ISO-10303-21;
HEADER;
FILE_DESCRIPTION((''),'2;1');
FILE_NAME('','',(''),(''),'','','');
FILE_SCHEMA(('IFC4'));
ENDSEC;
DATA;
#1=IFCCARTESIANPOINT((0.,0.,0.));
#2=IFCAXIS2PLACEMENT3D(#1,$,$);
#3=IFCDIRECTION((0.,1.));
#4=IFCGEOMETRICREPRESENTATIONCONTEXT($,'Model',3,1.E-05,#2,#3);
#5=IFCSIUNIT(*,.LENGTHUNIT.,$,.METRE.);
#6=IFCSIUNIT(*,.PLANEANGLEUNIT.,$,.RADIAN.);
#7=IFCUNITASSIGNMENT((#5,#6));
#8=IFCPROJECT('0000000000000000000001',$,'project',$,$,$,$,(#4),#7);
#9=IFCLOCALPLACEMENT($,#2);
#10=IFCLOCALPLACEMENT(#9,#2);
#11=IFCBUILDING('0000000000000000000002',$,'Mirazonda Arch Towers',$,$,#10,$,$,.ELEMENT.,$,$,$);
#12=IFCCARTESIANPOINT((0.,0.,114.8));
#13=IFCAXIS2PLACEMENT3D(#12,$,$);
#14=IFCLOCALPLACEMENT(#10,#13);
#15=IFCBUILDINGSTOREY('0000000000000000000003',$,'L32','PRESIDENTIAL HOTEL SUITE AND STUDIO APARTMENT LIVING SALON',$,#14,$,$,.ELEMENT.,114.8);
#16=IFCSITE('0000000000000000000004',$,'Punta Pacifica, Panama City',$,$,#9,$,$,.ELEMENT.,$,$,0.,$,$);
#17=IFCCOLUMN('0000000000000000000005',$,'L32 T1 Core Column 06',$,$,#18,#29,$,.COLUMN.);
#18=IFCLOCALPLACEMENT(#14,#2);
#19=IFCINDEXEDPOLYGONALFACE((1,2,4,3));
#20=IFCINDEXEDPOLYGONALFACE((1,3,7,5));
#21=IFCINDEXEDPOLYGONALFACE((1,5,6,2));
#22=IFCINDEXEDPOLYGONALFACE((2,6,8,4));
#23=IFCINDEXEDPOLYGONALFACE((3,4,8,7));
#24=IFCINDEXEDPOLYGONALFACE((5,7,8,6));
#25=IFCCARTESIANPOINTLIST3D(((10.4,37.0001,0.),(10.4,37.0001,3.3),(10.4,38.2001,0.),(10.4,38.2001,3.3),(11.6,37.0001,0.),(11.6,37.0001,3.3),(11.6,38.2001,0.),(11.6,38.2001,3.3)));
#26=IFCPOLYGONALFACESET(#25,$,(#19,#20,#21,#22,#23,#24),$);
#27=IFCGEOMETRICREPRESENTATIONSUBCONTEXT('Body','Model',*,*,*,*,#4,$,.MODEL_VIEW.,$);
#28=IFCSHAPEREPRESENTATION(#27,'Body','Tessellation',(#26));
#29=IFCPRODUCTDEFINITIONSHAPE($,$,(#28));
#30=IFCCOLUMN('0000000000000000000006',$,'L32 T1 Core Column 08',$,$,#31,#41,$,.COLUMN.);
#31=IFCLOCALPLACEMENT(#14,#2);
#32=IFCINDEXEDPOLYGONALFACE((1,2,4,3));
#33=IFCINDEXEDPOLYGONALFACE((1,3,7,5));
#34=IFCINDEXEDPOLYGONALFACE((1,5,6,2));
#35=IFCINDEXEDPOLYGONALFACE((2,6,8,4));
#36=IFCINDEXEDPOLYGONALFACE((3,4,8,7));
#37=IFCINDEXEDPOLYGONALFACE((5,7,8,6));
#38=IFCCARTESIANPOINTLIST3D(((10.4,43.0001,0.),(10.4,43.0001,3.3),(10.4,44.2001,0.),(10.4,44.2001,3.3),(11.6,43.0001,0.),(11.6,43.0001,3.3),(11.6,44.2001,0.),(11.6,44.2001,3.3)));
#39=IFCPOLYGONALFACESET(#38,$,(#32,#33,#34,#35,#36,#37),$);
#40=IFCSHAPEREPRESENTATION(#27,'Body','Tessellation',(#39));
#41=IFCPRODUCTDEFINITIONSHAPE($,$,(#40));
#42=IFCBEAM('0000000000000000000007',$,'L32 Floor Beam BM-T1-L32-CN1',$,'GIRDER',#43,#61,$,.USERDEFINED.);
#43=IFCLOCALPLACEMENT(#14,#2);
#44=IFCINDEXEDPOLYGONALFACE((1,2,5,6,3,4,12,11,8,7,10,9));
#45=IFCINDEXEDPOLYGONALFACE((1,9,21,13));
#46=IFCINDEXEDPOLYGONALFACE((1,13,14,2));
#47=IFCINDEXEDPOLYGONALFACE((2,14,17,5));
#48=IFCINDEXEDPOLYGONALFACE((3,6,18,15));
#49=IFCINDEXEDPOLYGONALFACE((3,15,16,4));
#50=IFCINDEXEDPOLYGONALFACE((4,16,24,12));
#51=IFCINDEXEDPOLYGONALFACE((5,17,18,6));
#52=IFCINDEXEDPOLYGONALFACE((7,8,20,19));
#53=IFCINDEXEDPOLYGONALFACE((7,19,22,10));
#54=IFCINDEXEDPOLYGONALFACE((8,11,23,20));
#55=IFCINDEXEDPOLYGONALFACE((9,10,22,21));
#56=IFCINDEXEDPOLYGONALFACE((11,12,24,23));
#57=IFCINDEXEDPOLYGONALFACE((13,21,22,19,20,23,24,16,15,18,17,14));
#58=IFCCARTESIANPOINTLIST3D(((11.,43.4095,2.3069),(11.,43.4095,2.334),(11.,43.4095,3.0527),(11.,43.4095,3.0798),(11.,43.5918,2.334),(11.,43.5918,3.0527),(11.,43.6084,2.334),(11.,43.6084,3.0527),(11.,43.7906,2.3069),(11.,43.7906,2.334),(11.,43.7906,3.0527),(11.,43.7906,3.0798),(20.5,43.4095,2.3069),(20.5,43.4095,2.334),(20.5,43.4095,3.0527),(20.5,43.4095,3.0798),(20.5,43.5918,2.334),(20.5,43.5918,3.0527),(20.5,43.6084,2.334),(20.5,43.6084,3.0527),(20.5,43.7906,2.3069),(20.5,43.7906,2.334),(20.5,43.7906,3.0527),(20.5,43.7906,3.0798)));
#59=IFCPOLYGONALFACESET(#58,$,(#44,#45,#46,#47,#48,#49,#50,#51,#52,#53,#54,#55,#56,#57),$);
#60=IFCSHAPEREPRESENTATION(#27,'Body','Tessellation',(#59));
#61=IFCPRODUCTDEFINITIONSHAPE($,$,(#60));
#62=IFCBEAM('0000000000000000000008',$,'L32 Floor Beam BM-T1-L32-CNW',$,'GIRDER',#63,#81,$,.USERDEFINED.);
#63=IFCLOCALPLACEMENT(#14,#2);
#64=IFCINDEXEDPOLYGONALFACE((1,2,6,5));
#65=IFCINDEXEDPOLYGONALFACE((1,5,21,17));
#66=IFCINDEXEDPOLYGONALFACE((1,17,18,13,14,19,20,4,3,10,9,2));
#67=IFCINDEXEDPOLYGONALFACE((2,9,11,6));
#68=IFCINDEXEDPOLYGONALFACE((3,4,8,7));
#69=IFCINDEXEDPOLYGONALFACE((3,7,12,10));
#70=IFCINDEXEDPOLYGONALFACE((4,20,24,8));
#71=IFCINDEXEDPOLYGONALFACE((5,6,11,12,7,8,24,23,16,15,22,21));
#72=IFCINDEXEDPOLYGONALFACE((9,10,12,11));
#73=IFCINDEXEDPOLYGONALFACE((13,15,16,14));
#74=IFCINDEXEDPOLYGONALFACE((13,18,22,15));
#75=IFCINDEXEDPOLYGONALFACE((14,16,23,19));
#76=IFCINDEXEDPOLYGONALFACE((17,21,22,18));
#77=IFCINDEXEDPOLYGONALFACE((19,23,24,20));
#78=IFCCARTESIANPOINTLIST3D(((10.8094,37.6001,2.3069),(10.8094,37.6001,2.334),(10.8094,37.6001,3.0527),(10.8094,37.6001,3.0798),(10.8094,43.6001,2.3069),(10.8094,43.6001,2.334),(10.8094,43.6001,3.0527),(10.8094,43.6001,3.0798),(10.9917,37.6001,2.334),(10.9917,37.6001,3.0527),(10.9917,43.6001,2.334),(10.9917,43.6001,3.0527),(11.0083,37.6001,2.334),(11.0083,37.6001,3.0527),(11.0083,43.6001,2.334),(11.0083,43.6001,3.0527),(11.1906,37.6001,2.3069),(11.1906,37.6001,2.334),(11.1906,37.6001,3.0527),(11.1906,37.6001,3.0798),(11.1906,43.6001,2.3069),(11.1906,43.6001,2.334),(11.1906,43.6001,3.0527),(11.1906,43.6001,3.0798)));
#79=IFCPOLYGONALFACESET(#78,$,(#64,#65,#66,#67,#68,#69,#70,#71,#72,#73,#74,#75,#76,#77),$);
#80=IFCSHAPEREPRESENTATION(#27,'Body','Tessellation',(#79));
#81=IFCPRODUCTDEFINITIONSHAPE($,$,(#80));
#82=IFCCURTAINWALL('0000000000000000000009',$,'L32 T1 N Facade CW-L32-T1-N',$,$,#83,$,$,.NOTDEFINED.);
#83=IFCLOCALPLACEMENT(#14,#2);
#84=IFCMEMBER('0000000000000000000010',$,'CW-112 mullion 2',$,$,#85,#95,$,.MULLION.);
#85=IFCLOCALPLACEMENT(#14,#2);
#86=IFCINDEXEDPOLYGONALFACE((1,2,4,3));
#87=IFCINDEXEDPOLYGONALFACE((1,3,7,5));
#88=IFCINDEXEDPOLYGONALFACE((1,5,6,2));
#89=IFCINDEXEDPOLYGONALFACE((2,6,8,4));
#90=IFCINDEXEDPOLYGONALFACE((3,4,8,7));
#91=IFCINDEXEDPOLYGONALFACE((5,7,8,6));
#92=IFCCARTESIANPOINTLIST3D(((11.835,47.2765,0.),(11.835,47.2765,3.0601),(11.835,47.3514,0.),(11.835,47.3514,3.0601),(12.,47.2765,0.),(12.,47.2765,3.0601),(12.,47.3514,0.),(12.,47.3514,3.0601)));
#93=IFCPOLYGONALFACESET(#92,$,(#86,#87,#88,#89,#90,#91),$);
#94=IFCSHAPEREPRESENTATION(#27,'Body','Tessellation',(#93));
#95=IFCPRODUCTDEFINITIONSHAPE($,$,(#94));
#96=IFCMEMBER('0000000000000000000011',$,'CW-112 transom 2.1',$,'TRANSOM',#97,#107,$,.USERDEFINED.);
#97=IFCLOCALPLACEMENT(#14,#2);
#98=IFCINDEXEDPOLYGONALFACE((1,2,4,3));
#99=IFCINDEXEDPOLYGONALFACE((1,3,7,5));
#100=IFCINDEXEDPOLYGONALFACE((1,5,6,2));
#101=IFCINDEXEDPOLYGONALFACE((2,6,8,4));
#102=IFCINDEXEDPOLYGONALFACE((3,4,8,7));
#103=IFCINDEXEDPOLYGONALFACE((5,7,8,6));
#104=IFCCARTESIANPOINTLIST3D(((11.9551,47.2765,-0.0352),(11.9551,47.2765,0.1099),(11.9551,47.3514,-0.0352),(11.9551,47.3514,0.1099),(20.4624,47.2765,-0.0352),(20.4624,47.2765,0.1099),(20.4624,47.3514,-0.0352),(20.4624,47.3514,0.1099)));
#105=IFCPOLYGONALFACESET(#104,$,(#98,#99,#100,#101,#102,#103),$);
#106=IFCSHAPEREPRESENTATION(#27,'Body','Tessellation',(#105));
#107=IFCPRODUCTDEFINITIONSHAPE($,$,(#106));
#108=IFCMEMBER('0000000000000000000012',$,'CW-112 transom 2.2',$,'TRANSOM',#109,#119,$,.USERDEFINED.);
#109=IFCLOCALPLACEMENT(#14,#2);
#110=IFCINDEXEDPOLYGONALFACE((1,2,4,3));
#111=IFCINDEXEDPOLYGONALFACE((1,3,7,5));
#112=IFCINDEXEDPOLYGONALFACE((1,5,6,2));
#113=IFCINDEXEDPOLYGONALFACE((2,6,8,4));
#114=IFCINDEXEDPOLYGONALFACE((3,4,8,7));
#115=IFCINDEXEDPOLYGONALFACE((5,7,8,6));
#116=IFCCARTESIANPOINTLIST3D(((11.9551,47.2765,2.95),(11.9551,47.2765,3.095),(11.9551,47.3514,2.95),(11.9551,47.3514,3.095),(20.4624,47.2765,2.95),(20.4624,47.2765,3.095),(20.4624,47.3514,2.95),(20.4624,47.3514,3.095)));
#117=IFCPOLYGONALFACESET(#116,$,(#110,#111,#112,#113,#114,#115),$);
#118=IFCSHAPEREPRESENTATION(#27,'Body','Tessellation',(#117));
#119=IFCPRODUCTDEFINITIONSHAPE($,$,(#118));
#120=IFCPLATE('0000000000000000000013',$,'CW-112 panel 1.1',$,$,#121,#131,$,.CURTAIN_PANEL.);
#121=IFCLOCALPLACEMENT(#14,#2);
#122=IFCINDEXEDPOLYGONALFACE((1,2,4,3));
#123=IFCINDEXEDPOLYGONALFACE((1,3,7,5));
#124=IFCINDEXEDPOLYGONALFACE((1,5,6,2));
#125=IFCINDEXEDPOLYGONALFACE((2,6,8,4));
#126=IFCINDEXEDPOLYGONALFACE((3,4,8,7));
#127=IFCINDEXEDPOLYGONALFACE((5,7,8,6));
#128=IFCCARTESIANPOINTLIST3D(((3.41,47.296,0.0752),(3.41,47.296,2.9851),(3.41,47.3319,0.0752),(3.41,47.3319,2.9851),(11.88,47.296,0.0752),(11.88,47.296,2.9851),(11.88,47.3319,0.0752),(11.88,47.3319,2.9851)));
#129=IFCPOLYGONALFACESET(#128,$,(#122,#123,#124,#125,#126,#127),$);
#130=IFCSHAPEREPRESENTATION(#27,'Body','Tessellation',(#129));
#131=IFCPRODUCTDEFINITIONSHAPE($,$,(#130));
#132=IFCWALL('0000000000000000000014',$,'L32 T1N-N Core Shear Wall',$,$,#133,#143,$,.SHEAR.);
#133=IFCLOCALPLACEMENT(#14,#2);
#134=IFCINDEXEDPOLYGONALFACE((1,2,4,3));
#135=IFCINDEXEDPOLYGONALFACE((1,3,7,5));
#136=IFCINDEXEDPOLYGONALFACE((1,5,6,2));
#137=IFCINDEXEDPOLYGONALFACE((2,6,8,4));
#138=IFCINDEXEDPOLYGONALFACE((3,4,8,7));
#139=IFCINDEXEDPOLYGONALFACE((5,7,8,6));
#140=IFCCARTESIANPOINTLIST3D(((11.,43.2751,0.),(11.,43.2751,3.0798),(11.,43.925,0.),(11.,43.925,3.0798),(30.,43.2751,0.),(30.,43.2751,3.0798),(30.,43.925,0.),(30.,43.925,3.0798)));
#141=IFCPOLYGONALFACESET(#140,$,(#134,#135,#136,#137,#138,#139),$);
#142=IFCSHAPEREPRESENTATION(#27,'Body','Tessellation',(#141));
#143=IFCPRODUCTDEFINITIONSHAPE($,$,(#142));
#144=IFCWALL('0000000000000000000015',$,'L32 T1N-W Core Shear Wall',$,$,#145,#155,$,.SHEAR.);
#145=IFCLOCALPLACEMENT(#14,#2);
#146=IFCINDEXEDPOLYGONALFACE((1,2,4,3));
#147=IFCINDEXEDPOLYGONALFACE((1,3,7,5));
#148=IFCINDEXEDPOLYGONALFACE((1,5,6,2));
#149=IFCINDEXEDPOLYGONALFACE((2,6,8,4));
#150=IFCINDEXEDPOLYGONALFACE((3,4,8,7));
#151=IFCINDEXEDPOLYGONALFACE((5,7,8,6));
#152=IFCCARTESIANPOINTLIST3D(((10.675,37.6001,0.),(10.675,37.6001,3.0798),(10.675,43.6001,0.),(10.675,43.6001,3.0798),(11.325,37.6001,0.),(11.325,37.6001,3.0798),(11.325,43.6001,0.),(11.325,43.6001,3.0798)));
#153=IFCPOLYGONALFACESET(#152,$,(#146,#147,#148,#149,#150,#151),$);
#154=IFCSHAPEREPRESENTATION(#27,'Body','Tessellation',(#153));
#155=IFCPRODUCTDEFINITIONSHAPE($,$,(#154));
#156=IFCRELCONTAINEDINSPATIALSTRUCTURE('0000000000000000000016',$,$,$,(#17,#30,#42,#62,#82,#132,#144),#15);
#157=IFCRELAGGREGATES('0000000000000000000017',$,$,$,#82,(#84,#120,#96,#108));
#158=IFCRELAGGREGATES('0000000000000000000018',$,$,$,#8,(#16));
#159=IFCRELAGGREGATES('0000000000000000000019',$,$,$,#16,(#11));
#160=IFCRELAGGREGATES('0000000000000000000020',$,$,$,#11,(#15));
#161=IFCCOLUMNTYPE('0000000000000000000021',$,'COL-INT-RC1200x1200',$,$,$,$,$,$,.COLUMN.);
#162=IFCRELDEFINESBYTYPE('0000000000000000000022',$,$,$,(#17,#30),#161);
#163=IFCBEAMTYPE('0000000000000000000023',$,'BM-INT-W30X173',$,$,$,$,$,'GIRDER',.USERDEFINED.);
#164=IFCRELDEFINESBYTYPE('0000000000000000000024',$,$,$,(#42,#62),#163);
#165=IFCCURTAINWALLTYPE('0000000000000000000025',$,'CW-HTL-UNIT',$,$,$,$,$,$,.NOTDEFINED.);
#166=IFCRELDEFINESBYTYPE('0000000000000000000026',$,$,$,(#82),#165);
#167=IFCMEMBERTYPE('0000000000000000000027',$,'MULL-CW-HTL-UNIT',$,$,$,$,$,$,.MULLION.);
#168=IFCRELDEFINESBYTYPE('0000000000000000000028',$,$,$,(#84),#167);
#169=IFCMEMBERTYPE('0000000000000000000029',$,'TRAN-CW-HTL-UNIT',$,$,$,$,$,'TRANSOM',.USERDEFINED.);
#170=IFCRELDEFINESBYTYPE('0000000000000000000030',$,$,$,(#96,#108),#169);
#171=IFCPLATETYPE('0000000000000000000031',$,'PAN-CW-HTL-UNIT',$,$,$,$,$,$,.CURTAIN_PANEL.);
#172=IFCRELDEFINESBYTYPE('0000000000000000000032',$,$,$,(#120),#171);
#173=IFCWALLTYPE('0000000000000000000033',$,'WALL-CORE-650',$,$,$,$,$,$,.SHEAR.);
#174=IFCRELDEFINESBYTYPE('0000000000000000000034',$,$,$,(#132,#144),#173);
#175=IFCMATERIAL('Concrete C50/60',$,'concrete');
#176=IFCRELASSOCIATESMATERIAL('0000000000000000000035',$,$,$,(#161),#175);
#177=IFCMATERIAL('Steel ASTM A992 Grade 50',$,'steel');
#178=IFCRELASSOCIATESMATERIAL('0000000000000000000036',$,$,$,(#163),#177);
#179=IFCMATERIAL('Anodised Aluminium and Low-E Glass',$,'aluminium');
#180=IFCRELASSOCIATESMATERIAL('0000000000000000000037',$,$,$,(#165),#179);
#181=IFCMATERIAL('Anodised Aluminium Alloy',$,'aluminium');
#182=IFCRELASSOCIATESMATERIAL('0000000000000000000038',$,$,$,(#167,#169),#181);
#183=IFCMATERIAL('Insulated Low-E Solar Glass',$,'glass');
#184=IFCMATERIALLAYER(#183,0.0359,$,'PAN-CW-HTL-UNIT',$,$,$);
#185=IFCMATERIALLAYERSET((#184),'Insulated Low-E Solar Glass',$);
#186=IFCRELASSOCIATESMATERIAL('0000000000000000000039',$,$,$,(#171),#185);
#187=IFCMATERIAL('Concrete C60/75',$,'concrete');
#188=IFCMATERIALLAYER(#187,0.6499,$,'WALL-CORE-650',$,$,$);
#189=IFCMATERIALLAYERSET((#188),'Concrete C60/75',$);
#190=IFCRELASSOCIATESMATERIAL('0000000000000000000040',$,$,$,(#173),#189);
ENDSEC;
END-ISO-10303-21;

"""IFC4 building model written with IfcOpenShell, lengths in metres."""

from ifc_helpers import new_model, si_unit, direction, frame, frame_2d, origin, origin_2d, place, context, subcontext, project, spatial, rectangle, i_section, extrude, material, layer, layer_set, material_profile, profile_set, type_object, element, aggregate, save


model = new_model("IFC4")

# Units and contexts
model_context = context("Model", 3, precision=1e-05, world=origin(), true_north=direction((0.0, 1.0)))
body_context = subcontext(model_context, "Body", "Model", "MODEL_VIEW")
ifc_project = project(units=[si_unit("LENGTHUNIT", "METRE"), si_unit("PLANEANGLEUNIT", "RADIAN")], contexts=[model_context])

# Site, building, storey
site_placement = place(None, origin())
site = spatial("IfcSite", under=ifc_project, at=site_placement, Name="Punta Pacifica, Panama City", CompositionType="ELEMENT", RefElevation=0.0)
building_placement = place(site_placement, origin())
building = spatial("IfcBuilding", under=site, at=building_placement, Name="Mirazonda Arch Towers", CompositionType="ELEMENT")
storey_placement = place(building_placement, frame((0.0, 0.0, 114.8)))
storey = spatial("IfcBuildingStorey", under=building, at=storey_placement, Name="L32", Description="PRESIDENTIAL HOTEL SUITE AND STUDIO APARTMENT LIVING SALON", CompositionType="ELEMENT", Elevation=114.8)

# Columns
ifc_material_1 = material(Name="Concrete C50/60", Category="concrete")
ifc_material_profile_1 = material_profile(ifc_material_1, rectangle(XDim=1.2, YDim=1.2, at=origin_2d()), Name="RC1200x1200")
ifc_profile_set_1 = profile_set([ifc_material_profile_1], Name="Concrete C50/60")
column_type = type_object("IfcColumnType", Name="COL-INT-RC1200x1200", PredefinedType="COLUMN", material=ifc_profile_set_1)
for number, where, z_axis, x_axis, name in (
    (1, (11.0, 37.6001, 0.0), (0.0, 0.0, 1.0), (1.0, 0.0, 0.0), "L32 T1 Core Column 06"),
    (2, (11.0, 43.6001, 0.0), (0.0, 0.0, 1.0), (1.0, 0.0, 0.0), "L32 T1 Core Column 08"),
):
    element("IfcColumn", number, at=place(storey_placement, frame(where, z_axis=z_axis, x_axis=x_axis)), inside=storey, type_object=column_type, Name=name, PredefinedType="COLUMN", context=body_context, shape_type="SweptSolid", body=[
        extrude(rectangle(XDim=1.2, YDim=1.2, at=origin_2d()), origin(), (0.0, 0.0, 1.0), 3.3),
    ])

# Beams
ifc_material_2 = material(Name="Steel ASTM A992 Grade 50", Category="steel")
ifc_material_profile_2 = material_profile(ifc_material_2, i_section(OverallWidth=0.3811, OverallDepth=0.7729, WebThickness=0.0166, FlangeThickness=0.0271, at=origin_2d()), Name="W30X173")
ifc_profile_set_2 = profile_set([ifc_material_profile_2], Name="Steel ASTM A992 Grade 50")
beam_type = type_object("IfcBeamType", Name="BM-INT-W30X173", ElementType="GIRDER", PredefinedType="USERDEFINED", material=ifc_profile_set_2)
beam_1_placement = place(storey_placement, frame((11.0, 43.6001, 2.6934), z_axis=(1.0, 0.0, 0.0), x_axis=(0.0, 1.0, 0.0)))
element("IfcBeam", 3, at=beam_1_placement, inside=storey, type_object=beam_type, Name="L32 Floor Beam BM-T1-L32-CN1", ObjectType="GIRDER", PredefinedType="USERDEFINED", context=body_context, shape_type="SweptSolid", body=[
    extrude(i_section(OverallWidth=0.3811, OverallDepth=0.7729, WebThickness=0.0166, FlangeThickness=0.0271, at=origin_2d()), origin(), (0.0, 0.0, 1.0), 9.5),
])
beam_2_placement = place(storey_placement, frame((11.0, 37.6001, 2.6934), z_axis=(0.0, 1.0, 0.0), x_axis=(-1.0, 0.0, 0.0)))
element("IfcBeam", 4, at=beam_2_placement, inside=storey, type_object=beam_type, Name="L32 Floor Beam BM-T1-L32-CNW", ObjectType="GIRDER", PredefinedType="USERDEFINED", context=body_context, shape_type="SweptSolid", body=[
    extrude(i_section(OverallWidth=0.3811, OverallDepth=0.7729, WebThickness=0.0166, FlangeThickness=0.0271, at=origin_2d()), origin(), (0.0, 0.0, 1.0), 6.0),
])

# Curtain wall, members, plate
ifc_material_3 = material(Name="Anodised Aluminium and Low-E Glass", Category="aluminium")
curtain_wall_type = type_object("IfcCurtainWallType", Name="CW-HTL-UNIT", PredefinedType="NOTDEFINED", material=ifc_material_3)
curtain_wall_placement = place(storey_placement, origin())
curtain_wall = element("IfcCurtainWall", 5, at=curtain_wall_placement, inside=storey, type_object=curtain_wall_type, Name="L32 T1 N Facade CW-L32-T1-N", PredefinedType="NOTDEFINED")
ifc_material_4 = material(Name="Anodised Aluminium Alloy", Category="aluminium")
ifc_material_profile_3 = material_profile(ifc_material_4, rectangle(XDim=0.075, YDim=0.165, at=origin_2d()), Name="ALU-MULL-75x165")
ifc_profile_set_3 = profile_set([ifc_material_profile_3], Name="Anodised Aluminium Alloy")
member_type_1 = type_object("IfcMemberType", Name="MULL-CW-HTL-UNIT", PredefinedType="MULLION", material=ifc_profile_set_3)
member_1_placement = place(storey_placement, frame((11.9175, 47.314, 0.0), z_axis=(0.0, 0.0, 1.0), x_axis=(0.0, 1.0, 0.0)))
member_1 = element("IfcMember", 6, at=member_1_placement, type_object=member_type_1, Name="CW-112 mullion 2", PredefinedType="MULLION", context=body_context, shape_type="SweptSolid", body=[
    extrude(rectangle(XDim=0.075, YDim=0.165, at=origin_2d()), origin(), (0.0, 0.0, 1.0), 3.0601),
])
ifc_material_profile_4 = material_profile(ifc_material_4, rectangle(XDim=0.075, YDim=0.145, at=origin_2d()), Name="ALU-TRAN-75x145")
ifc_profile_set_4 = profile_set([ifc_material_profile_4], Name="Anodised Aluminium Alloy")
member_type_2 = type_object("IfcMemberType", Name="TRAN-CW-HTL-UNIT", ElementType="TRANSOM", PredefinedType="USERDEFINED", material=ifc_profile_set_4)
member_2_placement = place(storey_placement, frame((11.9551, 47.314, 0.0374), z_axis=(1.0, 0.0, 0.0), x_axis=(0.0, 1.0, 0.0)))
member_2 = element("IfcMember", 7, at=member_2_placement, type_object=member_type_2, Name="CW-112 transom 2.1", ObjectType="TRANSOM", PredefinedType="USERDEFINED", context=body_context, shape_type="SweptSolid", body=[
    extrude(rectangle(XDim=0.075, YDim=0.145, at=origin_2d()), origin(), (0.0, 0.0, 1.0), 8.5073),
])
member_3_placement = place(storey_placement, frame((11.9551, 47.314, 3.0225), z_axis=(1.0, 0.0, 0.0), x_axis=(0.0, 1.0, 0.0)))
member_3 = element("IfcMember", 8, at=member_3_placement, type_object=member_type_2, Name="CW-112 transom 2.2", ObjectType="TRANSOM", PredefinedType="USERDEFINED", context=body_context, shape_type="SweptSolid", body=[
    extrude(rectangle(XDim=0.075, YDim=0.145, at=origin_2d()), origin(), (0.0, 0.0, 1.0), 8.5073),
])
ifc_material_5 = material(Name="Insulated Low-E Solar Glass", Category="glass")
ifc_layer_1 = layer(ifc_material_5, 0.0359, Name="PAN-CW-HTL-UNIT")
ifc_layer_set_1 = layer_set([ifc_layer_1], Name="Insulated Low-E Solar Glass")
plate_type = type_object("IfcPlateType", Name="PAN-CW-HTL-UNIT", PredefinedType="CURTAIN_PANEL", material=ifc_layer_set_1)
plate_placement = place(storey_placement, frame((7.645, 47.314, 0.0752), z_axis=(0.0, 0.0, 1.0), x_axis=(1.0, 0.0, 0.0)))
plate = element("IfcPlate", 9, at=plate_placement, type_object=plate_type, Name="CW-112 panel 1.1", PredefinedType="CURTAIN_PANEL", context=body_context, shape_type="SweptSolid", body=[
    extrude(rectangle(XDim=8.47, YDim=0.0359, at=origin_2d()), origin(), (0.0, 0.0, 1.0), 2.9099),
])
aggregate(curtain_wall, [member_1, plate, member_2, member_3])

# Walls
ifc_material_6 = material(Name="Concrete C60/75", Category="concrete")
ifc_layer_2 = layer(ifc_material_6, 0.6499, Name="WALL-CORE-650")
ifc_layer_set_2 = layer_set([ifc_layer_2], Name="Concrete C60/75")
wall_type_1 = type_object("IfcWallType", Name="WALL-CORE-650", PredefinedType="SHEAR", material=ifc_layer_set_2)
wall_1_placement = place(storey_placement, frame((11.0, 43.6001, 0.0), z_axis=(0.0, 0.0, 1.0), x_axis=(1.0, 0.0, 0.0)))
element("IfcWall", 10, at=wall_1_placement, inside=storey, type_object=wall_type_1, Name="L32 T1N-N Core Shear Wall", PredefinedType="SHEAR", context=body_context, shape_type="SweptSolid", body=[
    extrude(rectangle(XDim=19.0, YDim=0.6499, at=frame_2d((9.5, 0.0))), origin(), (0.0, 0.0, 1.0), 3.0798),
])
wall_2_placement = place(storey_placement, frame((11.0, 37.6001, 0.0), z_axis=(0.0, 0.0, 1.0), x_axis=(0.0, 1.0, 0.0)))
element("IfcWall", 11, at=wall_2_placement, inside=storey, type_object=wall_type_1, Name="L32 T1N-W Core Shear Wall", PredefinedType="SHEAR", context=body_context, shape_type="SweptSolid", body=[
    extrude(rectangle(XDim=6.0, YDim=0.6499, at=frame_2d((3.0, 0.0))), origin(), (0.0, 0.0, 1.0), 3.0798),
])

save(model, "model.ifc")
